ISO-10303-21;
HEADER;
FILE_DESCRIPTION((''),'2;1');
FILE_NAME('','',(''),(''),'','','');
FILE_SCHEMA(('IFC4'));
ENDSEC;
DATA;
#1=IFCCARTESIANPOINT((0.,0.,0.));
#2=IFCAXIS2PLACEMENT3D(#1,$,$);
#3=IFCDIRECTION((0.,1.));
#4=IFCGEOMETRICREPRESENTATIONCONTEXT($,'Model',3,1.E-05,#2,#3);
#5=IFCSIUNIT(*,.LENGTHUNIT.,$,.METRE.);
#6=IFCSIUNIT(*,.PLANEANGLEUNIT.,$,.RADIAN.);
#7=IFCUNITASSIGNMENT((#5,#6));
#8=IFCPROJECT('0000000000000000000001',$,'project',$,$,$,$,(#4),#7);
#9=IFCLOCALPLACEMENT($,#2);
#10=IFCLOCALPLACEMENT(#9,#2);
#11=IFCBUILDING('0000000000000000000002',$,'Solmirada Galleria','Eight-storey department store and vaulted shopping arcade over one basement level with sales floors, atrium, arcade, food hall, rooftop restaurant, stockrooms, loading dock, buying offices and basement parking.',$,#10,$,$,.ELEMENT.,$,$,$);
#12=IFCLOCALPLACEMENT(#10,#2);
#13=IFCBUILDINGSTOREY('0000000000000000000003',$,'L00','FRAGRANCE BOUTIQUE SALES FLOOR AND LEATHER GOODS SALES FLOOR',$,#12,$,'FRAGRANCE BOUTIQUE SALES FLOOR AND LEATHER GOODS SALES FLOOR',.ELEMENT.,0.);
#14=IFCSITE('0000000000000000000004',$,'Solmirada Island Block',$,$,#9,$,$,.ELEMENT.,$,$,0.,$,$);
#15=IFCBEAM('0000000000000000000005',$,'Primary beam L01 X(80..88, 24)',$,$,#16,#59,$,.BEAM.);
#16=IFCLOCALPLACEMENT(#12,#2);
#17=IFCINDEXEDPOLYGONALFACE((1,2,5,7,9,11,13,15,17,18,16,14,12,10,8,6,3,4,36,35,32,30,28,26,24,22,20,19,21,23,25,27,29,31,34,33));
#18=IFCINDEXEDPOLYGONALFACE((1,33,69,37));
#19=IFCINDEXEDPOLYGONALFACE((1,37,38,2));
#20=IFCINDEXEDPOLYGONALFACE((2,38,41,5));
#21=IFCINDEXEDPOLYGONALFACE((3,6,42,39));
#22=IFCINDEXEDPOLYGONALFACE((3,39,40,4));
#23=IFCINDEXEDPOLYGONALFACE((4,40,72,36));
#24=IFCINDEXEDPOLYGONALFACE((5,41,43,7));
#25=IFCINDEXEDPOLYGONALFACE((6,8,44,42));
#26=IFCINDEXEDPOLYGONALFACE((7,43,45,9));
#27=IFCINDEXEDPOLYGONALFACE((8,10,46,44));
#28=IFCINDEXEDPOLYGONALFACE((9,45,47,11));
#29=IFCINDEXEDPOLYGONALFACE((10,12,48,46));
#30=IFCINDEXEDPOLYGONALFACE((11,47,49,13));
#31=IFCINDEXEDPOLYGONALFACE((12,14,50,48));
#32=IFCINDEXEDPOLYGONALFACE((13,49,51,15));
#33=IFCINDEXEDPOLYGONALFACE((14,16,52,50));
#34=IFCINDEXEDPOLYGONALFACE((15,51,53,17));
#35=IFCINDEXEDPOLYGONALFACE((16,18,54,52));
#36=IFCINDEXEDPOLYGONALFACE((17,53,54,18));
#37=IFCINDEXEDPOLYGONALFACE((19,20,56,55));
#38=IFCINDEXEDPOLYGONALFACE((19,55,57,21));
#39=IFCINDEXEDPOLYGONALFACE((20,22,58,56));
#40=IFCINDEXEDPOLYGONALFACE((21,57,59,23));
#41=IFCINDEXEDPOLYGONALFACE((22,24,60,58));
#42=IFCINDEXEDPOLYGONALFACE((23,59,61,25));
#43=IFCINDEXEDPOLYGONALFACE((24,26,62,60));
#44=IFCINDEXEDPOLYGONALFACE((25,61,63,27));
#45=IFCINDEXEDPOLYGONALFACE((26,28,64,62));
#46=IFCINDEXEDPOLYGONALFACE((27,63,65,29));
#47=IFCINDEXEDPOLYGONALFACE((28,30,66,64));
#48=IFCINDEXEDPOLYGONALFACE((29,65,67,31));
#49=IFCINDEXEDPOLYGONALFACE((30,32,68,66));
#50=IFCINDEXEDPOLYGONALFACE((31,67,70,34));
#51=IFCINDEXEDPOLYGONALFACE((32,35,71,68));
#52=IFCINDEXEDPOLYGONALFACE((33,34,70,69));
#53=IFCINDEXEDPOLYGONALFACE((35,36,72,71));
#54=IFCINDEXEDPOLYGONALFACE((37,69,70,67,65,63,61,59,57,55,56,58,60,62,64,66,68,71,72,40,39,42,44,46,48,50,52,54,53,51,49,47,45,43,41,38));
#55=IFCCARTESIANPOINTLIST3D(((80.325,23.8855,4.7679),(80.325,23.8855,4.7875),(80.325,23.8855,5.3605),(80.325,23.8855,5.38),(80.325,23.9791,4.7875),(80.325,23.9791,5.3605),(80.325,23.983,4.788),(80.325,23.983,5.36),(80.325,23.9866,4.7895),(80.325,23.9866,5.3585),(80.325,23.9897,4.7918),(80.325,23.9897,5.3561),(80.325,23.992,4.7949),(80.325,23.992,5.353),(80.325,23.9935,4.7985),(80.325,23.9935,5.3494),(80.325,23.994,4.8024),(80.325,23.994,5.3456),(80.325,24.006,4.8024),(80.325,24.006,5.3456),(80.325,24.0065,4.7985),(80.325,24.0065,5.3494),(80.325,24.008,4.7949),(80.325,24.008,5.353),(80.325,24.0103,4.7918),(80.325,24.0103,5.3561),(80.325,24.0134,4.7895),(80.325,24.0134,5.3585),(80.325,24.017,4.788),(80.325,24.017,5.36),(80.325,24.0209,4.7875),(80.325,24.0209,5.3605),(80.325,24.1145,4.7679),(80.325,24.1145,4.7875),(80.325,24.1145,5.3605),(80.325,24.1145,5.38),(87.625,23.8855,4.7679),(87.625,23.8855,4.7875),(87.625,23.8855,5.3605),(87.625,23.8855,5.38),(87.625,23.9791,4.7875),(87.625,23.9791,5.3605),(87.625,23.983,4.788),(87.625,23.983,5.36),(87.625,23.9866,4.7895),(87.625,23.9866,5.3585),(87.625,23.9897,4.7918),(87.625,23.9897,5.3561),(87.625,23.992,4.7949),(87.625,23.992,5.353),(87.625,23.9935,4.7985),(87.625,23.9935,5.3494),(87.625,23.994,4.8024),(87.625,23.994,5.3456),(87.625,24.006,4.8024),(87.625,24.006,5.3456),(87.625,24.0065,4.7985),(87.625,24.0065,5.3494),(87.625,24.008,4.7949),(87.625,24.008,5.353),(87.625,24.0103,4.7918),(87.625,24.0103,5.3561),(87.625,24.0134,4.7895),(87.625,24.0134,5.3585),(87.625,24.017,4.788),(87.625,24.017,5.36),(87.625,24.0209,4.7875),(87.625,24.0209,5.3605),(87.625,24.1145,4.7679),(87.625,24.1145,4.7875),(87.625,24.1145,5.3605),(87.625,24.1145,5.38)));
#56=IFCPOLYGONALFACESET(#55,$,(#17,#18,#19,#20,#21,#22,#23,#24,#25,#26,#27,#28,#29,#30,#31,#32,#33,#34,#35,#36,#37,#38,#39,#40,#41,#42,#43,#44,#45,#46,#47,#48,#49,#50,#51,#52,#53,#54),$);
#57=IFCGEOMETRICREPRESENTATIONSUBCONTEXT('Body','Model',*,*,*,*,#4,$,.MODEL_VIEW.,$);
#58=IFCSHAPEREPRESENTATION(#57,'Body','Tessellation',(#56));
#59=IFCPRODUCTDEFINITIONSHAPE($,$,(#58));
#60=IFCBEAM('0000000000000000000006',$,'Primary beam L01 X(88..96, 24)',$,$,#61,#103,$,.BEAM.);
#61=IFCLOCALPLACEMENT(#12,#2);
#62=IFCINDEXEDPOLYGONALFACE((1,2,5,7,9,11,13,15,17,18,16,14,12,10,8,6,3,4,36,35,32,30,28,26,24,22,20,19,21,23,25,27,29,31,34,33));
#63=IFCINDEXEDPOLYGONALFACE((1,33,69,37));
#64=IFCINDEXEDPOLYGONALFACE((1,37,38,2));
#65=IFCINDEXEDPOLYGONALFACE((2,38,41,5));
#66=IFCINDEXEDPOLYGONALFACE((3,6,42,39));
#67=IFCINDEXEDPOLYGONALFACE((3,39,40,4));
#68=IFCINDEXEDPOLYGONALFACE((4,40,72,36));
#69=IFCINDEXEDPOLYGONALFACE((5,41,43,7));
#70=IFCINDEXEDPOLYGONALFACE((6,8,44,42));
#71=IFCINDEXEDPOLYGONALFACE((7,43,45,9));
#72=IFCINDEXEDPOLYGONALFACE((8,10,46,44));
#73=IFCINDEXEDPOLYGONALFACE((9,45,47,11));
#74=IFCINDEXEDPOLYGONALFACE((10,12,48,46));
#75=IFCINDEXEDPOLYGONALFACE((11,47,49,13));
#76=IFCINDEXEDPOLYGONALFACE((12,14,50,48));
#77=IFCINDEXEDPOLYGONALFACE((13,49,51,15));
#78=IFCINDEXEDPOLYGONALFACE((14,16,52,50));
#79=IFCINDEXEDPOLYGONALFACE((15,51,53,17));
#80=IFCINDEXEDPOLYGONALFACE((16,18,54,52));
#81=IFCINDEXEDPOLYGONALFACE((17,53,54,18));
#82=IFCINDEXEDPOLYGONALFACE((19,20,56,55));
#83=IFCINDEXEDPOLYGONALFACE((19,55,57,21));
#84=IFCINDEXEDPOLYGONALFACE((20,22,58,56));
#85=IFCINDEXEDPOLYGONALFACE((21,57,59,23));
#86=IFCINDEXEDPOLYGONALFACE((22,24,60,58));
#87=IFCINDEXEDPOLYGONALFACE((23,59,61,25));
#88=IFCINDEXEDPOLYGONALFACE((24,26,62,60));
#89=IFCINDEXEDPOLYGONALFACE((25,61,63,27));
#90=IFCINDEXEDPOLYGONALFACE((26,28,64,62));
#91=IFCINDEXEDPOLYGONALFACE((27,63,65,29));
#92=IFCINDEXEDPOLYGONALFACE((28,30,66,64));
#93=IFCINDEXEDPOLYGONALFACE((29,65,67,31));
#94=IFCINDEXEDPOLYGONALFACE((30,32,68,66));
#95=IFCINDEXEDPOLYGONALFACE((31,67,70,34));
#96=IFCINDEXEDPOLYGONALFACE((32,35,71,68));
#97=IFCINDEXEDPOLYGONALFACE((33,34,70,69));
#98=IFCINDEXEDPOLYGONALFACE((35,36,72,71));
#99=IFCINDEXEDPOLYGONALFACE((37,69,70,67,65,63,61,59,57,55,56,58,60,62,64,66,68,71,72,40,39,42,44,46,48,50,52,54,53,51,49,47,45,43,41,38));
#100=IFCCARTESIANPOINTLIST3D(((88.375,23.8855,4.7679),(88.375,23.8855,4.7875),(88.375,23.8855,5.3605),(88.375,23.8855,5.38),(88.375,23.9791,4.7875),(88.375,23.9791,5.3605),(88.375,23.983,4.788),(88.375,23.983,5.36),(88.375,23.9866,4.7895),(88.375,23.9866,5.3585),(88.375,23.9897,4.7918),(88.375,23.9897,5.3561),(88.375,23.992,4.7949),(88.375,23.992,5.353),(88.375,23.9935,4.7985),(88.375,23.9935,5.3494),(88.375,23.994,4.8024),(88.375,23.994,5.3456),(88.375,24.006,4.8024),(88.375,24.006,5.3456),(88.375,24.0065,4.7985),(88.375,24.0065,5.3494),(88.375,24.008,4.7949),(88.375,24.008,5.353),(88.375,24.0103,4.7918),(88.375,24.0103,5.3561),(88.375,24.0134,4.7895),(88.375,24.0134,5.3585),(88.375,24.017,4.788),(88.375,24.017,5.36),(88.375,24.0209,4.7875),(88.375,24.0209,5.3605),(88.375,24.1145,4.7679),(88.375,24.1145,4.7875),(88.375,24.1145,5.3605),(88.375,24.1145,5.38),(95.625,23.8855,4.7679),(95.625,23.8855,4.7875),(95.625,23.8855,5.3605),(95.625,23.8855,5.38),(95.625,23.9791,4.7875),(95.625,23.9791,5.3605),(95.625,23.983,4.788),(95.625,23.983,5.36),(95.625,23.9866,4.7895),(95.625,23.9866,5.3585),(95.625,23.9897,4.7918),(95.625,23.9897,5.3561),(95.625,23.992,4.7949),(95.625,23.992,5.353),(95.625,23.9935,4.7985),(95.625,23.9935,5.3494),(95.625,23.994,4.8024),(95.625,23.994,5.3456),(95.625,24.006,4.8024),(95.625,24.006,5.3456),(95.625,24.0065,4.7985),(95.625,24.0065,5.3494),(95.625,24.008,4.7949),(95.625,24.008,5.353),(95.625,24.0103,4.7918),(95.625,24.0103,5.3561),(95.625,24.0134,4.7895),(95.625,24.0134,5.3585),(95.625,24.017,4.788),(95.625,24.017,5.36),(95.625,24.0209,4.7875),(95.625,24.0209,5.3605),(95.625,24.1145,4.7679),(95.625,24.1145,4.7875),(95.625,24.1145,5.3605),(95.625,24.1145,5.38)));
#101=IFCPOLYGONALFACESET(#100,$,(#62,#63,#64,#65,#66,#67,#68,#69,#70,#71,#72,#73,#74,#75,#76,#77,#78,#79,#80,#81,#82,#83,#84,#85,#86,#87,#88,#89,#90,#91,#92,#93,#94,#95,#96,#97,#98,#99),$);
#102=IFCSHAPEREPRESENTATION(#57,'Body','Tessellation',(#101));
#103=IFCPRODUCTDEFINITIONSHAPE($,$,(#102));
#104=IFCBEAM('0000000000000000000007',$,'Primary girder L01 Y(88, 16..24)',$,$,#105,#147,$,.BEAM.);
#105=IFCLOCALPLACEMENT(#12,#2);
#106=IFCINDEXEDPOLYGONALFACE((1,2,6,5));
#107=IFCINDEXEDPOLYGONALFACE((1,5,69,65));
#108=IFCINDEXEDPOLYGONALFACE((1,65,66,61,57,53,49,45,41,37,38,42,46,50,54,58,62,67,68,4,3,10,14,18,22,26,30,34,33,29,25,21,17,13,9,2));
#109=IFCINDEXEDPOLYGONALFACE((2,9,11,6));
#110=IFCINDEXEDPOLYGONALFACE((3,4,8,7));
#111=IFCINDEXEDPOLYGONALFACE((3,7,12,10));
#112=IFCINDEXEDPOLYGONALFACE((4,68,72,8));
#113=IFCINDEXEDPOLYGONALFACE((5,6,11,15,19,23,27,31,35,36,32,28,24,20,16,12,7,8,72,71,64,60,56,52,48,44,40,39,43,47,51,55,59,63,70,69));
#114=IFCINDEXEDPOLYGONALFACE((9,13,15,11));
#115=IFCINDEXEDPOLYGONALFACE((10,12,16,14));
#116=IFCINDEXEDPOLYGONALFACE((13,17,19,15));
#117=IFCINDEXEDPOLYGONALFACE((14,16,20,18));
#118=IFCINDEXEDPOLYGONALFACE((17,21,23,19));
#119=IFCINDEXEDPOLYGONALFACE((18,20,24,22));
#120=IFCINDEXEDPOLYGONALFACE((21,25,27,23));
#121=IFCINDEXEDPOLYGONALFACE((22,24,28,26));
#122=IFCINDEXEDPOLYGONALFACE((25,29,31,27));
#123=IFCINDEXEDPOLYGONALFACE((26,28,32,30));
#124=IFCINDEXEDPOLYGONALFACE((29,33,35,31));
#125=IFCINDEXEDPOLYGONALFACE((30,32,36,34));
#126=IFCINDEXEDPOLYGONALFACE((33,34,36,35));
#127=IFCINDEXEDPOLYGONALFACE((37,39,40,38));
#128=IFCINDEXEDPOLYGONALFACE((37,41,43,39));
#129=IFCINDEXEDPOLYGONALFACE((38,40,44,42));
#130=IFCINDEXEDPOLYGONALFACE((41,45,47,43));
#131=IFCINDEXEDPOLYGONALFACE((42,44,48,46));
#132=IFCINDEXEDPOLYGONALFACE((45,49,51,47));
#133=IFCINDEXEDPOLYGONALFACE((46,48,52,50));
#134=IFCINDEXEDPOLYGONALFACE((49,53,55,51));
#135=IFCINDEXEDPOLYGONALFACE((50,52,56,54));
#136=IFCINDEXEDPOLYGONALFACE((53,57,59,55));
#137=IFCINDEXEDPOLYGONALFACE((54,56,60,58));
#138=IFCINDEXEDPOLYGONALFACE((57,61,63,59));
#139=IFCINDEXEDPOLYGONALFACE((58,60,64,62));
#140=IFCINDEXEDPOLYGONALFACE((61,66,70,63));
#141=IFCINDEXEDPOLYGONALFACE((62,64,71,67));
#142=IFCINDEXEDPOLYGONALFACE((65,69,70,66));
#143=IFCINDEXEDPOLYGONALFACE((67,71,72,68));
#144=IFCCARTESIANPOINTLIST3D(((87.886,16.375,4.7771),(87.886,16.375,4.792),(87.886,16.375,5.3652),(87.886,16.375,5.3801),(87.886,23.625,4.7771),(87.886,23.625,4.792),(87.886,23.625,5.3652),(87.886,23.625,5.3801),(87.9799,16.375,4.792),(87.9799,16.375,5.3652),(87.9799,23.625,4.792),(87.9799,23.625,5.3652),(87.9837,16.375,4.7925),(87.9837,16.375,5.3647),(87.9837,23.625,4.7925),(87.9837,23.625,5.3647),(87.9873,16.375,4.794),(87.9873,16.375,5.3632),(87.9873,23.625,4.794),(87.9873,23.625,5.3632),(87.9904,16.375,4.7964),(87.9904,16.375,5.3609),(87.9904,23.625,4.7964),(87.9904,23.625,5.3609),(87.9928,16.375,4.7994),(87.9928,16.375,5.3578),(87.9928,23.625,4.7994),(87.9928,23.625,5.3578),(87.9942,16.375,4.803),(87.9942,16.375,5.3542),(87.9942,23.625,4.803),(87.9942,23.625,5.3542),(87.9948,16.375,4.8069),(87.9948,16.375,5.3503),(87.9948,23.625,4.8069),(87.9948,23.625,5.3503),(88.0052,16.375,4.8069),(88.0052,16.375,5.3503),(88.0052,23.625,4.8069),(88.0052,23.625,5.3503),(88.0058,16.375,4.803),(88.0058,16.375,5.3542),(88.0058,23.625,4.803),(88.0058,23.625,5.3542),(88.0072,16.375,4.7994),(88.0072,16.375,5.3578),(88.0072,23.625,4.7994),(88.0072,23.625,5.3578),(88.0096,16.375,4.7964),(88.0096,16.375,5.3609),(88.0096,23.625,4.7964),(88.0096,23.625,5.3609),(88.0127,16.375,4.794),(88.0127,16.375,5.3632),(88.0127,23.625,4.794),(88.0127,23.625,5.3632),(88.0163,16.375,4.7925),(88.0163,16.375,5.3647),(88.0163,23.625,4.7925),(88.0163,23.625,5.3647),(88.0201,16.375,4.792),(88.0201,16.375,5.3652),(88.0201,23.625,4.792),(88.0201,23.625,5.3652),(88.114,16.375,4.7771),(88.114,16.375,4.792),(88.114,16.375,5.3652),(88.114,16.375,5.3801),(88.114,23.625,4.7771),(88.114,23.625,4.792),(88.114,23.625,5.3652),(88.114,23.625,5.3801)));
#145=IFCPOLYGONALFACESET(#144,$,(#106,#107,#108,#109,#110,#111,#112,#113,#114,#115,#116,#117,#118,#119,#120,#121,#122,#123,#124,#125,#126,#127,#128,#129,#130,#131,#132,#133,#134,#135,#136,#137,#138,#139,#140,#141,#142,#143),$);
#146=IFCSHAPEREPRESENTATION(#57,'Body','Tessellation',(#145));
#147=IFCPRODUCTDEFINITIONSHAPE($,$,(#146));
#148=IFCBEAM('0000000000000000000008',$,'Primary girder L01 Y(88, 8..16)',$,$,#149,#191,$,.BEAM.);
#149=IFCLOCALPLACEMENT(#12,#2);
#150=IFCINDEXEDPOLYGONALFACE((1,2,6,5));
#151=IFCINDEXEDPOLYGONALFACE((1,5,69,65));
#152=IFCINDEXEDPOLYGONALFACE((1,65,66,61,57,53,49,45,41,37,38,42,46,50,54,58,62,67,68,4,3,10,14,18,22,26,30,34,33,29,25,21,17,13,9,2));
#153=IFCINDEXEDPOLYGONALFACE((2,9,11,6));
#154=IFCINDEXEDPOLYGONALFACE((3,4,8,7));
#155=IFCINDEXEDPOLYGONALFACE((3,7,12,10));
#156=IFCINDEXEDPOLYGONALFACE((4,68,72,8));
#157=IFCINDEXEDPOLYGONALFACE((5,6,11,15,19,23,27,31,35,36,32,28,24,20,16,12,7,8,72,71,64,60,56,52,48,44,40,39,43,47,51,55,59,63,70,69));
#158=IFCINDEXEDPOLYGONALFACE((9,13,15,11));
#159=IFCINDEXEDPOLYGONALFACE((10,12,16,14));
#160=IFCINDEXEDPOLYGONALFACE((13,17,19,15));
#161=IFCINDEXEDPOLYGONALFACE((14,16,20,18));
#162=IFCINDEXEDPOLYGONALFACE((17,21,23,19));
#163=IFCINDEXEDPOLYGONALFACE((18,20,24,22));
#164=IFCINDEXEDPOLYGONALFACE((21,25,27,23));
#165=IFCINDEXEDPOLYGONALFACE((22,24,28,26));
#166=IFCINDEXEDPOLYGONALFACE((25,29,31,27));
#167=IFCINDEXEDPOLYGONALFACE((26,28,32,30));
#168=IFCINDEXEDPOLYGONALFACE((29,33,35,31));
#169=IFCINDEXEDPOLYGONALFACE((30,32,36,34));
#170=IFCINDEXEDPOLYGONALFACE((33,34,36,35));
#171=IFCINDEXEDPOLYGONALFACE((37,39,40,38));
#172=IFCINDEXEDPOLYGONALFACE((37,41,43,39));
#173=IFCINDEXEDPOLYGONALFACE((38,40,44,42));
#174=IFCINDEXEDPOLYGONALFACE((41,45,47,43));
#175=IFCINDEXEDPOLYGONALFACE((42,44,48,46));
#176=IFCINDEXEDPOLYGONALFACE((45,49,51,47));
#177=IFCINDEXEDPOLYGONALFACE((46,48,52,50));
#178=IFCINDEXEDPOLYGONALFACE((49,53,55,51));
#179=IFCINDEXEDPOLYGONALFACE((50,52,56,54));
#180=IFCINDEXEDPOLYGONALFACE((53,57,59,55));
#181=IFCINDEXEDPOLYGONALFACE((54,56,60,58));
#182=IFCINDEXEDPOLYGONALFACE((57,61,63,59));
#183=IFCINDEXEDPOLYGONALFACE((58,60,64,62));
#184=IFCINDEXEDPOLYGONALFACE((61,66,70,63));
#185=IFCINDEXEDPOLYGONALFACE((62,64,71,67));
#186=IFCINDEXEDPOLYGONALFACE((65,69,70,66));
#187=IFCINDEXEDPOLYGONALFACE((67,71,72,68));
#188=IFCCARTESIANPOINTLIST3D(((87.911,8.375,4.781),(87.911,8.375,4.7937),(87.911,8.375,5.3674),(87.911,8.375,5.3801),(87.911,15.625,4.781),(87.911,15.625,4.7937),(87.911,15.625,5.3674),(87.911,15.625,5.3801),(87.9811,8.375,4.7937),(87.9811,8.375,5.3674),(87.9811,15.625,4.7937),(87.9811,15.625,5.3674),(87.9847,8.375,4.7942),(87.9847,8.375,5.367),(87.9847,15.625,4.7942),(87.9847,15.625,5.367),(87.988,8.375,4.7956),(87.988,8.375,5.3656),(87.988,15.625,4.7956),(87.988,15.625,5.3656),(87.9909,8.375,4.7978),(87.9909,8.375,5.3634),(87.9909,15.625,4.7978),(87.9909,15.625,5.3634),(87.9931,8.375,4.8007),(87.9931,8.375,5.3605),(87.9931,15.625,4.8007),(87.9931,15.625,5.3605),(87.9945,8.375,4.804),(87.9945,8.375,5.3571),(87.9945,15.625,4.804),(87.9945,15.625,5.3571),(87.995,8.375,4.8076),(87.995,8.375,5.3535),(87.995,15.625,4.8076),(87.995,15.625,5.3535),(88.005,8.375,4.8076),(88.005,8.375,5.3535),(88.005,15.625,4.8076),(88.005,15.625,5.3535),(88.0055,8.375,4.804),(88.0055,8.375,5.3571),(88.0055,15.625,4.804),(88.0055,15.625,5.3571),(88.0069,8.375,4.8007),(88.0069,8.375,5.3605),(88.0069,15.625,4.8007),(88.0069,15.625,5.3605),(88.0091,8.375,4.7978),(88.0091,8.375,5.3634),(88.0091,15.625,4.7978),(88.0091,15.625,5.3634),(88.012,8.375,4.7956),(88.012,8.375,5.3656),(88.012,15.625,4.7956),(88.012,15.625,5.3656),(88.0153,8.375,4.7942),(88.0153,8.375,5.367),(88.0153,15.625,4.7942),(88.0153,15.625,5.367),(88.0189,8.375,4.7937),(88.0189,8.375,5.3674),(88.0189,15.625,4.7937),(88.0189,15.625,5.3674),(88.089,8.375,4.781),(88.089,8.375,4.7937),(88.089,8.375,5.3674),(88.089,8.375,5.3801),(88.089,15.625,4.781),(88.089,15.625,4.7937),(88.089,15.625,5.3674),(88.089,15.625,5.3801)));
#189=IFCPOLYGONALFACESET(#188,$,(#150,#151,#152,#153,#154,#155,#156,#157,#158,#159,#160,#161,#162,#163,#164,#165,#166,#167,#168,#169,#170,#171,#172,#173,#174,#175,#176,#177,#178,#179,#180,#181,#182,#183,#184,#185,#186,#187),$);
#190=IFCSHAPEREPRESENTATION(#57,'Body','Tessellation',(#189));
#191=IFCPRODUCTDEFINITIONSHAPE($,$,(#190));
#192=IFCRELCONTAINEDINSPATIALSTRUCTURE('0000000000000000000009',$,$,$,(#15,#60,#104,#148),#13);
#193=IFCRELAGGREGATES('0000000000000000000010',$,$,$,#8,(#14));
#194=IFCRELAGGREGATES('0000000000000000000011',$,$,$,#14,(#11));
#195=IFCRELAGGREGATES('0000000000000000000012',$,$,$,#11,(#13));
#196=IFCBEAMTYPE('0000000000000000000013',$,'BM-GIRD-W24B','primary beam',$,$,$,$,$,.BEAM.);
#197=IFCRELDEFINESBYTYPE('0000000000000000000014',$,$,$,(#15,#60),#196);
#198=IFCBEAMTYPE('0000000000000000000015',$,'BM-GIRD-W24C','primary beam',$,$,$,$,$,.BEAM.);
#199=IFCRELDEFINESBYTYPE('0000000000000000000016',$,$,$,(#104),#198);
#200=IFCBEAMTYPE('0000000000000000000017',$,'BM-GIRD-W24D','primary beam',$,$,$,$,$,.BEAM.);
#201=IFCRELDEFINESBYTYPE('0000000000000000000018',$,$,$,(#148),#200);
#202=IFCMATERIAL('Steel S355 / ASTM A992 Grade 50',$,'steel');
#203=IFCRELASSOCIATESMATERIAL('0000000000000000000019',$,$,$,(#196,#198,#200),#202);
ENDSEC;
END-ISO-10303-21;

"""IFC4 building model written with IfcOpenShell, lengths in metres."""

from ifc_helpers import new_model, si_unit, direction, frame, origin, origin_2d, place, context, subcontext, project, spatial, i_section, extrude, material, material_profile, profile_set, type_object, element, save


model = new_model("IFC4")

# Units and contexts
model_context = context("Model", 3, precision=1e-05, world=origin(), true_north=direction((0.0, 1.0)))
body_context = subcontext(model_context, "Body", "Model", "MODEL_VIEW")
ifc_project = project(units=[si_unit("LENGTHUNIT", "METRE"), si_unit("PLANEANGLEUNIT", "RADIAN")], contexts=[model_context])

# Site, building, storey
site_placement = place(None, origin())
site = spatial("IfcSite", under=ifc_project, at=site_placement, Name="Solmirada Island Block", CompositionType="ELEMENT", RefElevation=0.0)
building_placement = place(site_placement, origin())
building = spatial("IfcBuilding", under=site, at=building_placement, Name="Solmirada Galleria", Description="Eight-storey department store and vaulted shopping arcade over one basement level with sales floors, atrium, arcade, food hall, rooftop restaurant, stockrooms, loading dock, buying offices and basement parking.", CompositionType="ELEMENT")
storey_placement = place(building_placement, origin())
storey = spatial("IfcBuildingStorey", under=building, at=storey_placement, Name="L00", Description="FRAGRANCE BOUTIQUE SALES FLOOR AND LEATHER GOODS SALES FLOOR", LongName="FRAGRANCE BOUTIQUE SALES FLOOR AND LEATHER GOODS SALES FLOOR", CompositionType="ELEMENT", Elevation=0.0)

# Beams
ifc_material_1 = material(Name="Steel S355 / ASTM A992 Grade 50", Category="steel")
ifc_material_profile_1 = material_profile(ifc_material_1, i_section(OverallWidth=0.229, OverallDepth=0.6121, WebThickness=0.012, FlangeThickness=0.0195, FilletRadius=0.0149, at=origin_2d()), Name="W24X84")
ifc_profile_set_1 = profile_set([ifc_material_profile_1], Name="Steel S355 / ASTM A992 Grade 50")
beam_type_1 = type_object("IfcBeamType", Name="BM-GIRD-W24B", Description="primary beam", PredefinedType="BEAM", material=ifc_profile_set_1)
beam_1_placement = place(storey_placement, frame((80.325, 24.0, 5.074), z_axis=(1.0, 0.0, 0.0), x_axis=(0.0, 1.0, 0.0)))
element("IfcBeam", 1, at=beam_1_placement, inside=storey, type_object=beam_type_1, Name="Primary beam L01 X(80..88, 24)", PredefinedType="BEAM", context=body_context, shape_type="SweptSolid", body=[
    extrude(i_section(OverallWidth=0.229, OverallDepth=0.6121, WebThickness=0.012, FlangeThickness=0.0195, FilletRadius=0.0149, at=origin_2d()), origin(), (0.0, 0.0, 1.0), 7.3),
])
beam_2_placement = place(storey_placement, frame((88.375, 24.0, 5.074), z_axis=(1.0, 0.0, 0.0), x_axis=(0.0, 1.0, 0.0)))
element("IfcBeam", 2, at=beam_2_placement, inside=storey, type_object=beam_type_1, Name="Primary beam L01 X(88..96, 24)", PredefinedType="BEAM", context=body_context, shape_type="SweptSolid", body=[
    extrude(i_section(OverallWidth=0.229, OverallDepth=0.6121, WebThickness=0.012, FlangeThickness=0.0195, FilletRadius=0.0149, at=origin_2d()), origin(), (0.0, 0.0, 1.0), 7.25),
])
ifc_material_profile_2 = material_profile(ifc_material_1, i_section(OverallWidth=0.228, OverallDepth=0.603, WebThickness=0.0105, FlangeThickness=0.0149, FilletRadius=0.0149, at=origin_2d()), Name="W24X68")
ifc_profile_set_2 = profile_set([ifc_material_profile_2], Name="Steel S355 / ASTM A992 Grade 50")
beam_type_2 = type_object("IfcBeamType", Name="BM-GIRD-W24C", Description="primary beam", PredefinedType="BEAM", material=ifc_profile_set_2)
beam_3_placement = place(storey_placement, frame((88.0, 16.375, 5.0786), z_axis=(0.0, 1.0, 0.0), x_axis=(-1.0, 0.0, 0.0)))
element("IfcBeam", 3, at=beam_3_placement, inside=storey, type_object=beam_type_2, Name="Primary girder L01 Y(88, 16..24)", PredefinedType="BEAM", context=body_context, shape_type="SweptSolid", body=[
    extrude(i_section(OverallWidth=0.228, OverallDepth=0.603, WebThickness=0.0105, FlangeThickness=0.0149, FilletRadius=0.0149, at=origin_2d()), origin(), (0.0, 0.0, 1.0), 7.25),
])
ifc_material_profile_3 = material_profile(ifc_material_1, i_section(OverallWidth=0.178, OverallDepth=0.5991, WebThickness=0.01, FlangeThickness=0.0127, FilletRadius=0.0139, at=origin_2d()), Name="W24X55")
ifc_profile_set_3 = profile_set([ifc_material_profile_3], Name="Steel S355 / ASTM A992 Grade 50")
beam_type_3 = type_object("IfcBeamType", Name="BM-GIRD-W24D", Description="primary beam", PredefinedType="BEAM", material=ifc_profile_set_3)
beam_4_placement = place(storey_placement, frame((88.0, 8.375, 5.0806), z_axis=(0.0, 1.0, 0.0), x_axis=(-1.0, 0.0, 0.0)))
element("IfcBeam", 4, at=beam_4_placement, inside=storey, type_object=beam_type_3, Name="Primary girder L01 Y(88, 8..16)", PredefinedType="BEAM", context=body_context, shape_type="SweptSolid", body=[
    extrude(i_section(OverallWidth=0.178, OverallDepth=0.5991, WebThickness=0.01, FlangeThickness=0.0127, FilletRadius=0.0139, at=origin_2d()), origin(), (0.0, 0.0, 1.0), 7.25),
])

save(model, "model.ifc")
